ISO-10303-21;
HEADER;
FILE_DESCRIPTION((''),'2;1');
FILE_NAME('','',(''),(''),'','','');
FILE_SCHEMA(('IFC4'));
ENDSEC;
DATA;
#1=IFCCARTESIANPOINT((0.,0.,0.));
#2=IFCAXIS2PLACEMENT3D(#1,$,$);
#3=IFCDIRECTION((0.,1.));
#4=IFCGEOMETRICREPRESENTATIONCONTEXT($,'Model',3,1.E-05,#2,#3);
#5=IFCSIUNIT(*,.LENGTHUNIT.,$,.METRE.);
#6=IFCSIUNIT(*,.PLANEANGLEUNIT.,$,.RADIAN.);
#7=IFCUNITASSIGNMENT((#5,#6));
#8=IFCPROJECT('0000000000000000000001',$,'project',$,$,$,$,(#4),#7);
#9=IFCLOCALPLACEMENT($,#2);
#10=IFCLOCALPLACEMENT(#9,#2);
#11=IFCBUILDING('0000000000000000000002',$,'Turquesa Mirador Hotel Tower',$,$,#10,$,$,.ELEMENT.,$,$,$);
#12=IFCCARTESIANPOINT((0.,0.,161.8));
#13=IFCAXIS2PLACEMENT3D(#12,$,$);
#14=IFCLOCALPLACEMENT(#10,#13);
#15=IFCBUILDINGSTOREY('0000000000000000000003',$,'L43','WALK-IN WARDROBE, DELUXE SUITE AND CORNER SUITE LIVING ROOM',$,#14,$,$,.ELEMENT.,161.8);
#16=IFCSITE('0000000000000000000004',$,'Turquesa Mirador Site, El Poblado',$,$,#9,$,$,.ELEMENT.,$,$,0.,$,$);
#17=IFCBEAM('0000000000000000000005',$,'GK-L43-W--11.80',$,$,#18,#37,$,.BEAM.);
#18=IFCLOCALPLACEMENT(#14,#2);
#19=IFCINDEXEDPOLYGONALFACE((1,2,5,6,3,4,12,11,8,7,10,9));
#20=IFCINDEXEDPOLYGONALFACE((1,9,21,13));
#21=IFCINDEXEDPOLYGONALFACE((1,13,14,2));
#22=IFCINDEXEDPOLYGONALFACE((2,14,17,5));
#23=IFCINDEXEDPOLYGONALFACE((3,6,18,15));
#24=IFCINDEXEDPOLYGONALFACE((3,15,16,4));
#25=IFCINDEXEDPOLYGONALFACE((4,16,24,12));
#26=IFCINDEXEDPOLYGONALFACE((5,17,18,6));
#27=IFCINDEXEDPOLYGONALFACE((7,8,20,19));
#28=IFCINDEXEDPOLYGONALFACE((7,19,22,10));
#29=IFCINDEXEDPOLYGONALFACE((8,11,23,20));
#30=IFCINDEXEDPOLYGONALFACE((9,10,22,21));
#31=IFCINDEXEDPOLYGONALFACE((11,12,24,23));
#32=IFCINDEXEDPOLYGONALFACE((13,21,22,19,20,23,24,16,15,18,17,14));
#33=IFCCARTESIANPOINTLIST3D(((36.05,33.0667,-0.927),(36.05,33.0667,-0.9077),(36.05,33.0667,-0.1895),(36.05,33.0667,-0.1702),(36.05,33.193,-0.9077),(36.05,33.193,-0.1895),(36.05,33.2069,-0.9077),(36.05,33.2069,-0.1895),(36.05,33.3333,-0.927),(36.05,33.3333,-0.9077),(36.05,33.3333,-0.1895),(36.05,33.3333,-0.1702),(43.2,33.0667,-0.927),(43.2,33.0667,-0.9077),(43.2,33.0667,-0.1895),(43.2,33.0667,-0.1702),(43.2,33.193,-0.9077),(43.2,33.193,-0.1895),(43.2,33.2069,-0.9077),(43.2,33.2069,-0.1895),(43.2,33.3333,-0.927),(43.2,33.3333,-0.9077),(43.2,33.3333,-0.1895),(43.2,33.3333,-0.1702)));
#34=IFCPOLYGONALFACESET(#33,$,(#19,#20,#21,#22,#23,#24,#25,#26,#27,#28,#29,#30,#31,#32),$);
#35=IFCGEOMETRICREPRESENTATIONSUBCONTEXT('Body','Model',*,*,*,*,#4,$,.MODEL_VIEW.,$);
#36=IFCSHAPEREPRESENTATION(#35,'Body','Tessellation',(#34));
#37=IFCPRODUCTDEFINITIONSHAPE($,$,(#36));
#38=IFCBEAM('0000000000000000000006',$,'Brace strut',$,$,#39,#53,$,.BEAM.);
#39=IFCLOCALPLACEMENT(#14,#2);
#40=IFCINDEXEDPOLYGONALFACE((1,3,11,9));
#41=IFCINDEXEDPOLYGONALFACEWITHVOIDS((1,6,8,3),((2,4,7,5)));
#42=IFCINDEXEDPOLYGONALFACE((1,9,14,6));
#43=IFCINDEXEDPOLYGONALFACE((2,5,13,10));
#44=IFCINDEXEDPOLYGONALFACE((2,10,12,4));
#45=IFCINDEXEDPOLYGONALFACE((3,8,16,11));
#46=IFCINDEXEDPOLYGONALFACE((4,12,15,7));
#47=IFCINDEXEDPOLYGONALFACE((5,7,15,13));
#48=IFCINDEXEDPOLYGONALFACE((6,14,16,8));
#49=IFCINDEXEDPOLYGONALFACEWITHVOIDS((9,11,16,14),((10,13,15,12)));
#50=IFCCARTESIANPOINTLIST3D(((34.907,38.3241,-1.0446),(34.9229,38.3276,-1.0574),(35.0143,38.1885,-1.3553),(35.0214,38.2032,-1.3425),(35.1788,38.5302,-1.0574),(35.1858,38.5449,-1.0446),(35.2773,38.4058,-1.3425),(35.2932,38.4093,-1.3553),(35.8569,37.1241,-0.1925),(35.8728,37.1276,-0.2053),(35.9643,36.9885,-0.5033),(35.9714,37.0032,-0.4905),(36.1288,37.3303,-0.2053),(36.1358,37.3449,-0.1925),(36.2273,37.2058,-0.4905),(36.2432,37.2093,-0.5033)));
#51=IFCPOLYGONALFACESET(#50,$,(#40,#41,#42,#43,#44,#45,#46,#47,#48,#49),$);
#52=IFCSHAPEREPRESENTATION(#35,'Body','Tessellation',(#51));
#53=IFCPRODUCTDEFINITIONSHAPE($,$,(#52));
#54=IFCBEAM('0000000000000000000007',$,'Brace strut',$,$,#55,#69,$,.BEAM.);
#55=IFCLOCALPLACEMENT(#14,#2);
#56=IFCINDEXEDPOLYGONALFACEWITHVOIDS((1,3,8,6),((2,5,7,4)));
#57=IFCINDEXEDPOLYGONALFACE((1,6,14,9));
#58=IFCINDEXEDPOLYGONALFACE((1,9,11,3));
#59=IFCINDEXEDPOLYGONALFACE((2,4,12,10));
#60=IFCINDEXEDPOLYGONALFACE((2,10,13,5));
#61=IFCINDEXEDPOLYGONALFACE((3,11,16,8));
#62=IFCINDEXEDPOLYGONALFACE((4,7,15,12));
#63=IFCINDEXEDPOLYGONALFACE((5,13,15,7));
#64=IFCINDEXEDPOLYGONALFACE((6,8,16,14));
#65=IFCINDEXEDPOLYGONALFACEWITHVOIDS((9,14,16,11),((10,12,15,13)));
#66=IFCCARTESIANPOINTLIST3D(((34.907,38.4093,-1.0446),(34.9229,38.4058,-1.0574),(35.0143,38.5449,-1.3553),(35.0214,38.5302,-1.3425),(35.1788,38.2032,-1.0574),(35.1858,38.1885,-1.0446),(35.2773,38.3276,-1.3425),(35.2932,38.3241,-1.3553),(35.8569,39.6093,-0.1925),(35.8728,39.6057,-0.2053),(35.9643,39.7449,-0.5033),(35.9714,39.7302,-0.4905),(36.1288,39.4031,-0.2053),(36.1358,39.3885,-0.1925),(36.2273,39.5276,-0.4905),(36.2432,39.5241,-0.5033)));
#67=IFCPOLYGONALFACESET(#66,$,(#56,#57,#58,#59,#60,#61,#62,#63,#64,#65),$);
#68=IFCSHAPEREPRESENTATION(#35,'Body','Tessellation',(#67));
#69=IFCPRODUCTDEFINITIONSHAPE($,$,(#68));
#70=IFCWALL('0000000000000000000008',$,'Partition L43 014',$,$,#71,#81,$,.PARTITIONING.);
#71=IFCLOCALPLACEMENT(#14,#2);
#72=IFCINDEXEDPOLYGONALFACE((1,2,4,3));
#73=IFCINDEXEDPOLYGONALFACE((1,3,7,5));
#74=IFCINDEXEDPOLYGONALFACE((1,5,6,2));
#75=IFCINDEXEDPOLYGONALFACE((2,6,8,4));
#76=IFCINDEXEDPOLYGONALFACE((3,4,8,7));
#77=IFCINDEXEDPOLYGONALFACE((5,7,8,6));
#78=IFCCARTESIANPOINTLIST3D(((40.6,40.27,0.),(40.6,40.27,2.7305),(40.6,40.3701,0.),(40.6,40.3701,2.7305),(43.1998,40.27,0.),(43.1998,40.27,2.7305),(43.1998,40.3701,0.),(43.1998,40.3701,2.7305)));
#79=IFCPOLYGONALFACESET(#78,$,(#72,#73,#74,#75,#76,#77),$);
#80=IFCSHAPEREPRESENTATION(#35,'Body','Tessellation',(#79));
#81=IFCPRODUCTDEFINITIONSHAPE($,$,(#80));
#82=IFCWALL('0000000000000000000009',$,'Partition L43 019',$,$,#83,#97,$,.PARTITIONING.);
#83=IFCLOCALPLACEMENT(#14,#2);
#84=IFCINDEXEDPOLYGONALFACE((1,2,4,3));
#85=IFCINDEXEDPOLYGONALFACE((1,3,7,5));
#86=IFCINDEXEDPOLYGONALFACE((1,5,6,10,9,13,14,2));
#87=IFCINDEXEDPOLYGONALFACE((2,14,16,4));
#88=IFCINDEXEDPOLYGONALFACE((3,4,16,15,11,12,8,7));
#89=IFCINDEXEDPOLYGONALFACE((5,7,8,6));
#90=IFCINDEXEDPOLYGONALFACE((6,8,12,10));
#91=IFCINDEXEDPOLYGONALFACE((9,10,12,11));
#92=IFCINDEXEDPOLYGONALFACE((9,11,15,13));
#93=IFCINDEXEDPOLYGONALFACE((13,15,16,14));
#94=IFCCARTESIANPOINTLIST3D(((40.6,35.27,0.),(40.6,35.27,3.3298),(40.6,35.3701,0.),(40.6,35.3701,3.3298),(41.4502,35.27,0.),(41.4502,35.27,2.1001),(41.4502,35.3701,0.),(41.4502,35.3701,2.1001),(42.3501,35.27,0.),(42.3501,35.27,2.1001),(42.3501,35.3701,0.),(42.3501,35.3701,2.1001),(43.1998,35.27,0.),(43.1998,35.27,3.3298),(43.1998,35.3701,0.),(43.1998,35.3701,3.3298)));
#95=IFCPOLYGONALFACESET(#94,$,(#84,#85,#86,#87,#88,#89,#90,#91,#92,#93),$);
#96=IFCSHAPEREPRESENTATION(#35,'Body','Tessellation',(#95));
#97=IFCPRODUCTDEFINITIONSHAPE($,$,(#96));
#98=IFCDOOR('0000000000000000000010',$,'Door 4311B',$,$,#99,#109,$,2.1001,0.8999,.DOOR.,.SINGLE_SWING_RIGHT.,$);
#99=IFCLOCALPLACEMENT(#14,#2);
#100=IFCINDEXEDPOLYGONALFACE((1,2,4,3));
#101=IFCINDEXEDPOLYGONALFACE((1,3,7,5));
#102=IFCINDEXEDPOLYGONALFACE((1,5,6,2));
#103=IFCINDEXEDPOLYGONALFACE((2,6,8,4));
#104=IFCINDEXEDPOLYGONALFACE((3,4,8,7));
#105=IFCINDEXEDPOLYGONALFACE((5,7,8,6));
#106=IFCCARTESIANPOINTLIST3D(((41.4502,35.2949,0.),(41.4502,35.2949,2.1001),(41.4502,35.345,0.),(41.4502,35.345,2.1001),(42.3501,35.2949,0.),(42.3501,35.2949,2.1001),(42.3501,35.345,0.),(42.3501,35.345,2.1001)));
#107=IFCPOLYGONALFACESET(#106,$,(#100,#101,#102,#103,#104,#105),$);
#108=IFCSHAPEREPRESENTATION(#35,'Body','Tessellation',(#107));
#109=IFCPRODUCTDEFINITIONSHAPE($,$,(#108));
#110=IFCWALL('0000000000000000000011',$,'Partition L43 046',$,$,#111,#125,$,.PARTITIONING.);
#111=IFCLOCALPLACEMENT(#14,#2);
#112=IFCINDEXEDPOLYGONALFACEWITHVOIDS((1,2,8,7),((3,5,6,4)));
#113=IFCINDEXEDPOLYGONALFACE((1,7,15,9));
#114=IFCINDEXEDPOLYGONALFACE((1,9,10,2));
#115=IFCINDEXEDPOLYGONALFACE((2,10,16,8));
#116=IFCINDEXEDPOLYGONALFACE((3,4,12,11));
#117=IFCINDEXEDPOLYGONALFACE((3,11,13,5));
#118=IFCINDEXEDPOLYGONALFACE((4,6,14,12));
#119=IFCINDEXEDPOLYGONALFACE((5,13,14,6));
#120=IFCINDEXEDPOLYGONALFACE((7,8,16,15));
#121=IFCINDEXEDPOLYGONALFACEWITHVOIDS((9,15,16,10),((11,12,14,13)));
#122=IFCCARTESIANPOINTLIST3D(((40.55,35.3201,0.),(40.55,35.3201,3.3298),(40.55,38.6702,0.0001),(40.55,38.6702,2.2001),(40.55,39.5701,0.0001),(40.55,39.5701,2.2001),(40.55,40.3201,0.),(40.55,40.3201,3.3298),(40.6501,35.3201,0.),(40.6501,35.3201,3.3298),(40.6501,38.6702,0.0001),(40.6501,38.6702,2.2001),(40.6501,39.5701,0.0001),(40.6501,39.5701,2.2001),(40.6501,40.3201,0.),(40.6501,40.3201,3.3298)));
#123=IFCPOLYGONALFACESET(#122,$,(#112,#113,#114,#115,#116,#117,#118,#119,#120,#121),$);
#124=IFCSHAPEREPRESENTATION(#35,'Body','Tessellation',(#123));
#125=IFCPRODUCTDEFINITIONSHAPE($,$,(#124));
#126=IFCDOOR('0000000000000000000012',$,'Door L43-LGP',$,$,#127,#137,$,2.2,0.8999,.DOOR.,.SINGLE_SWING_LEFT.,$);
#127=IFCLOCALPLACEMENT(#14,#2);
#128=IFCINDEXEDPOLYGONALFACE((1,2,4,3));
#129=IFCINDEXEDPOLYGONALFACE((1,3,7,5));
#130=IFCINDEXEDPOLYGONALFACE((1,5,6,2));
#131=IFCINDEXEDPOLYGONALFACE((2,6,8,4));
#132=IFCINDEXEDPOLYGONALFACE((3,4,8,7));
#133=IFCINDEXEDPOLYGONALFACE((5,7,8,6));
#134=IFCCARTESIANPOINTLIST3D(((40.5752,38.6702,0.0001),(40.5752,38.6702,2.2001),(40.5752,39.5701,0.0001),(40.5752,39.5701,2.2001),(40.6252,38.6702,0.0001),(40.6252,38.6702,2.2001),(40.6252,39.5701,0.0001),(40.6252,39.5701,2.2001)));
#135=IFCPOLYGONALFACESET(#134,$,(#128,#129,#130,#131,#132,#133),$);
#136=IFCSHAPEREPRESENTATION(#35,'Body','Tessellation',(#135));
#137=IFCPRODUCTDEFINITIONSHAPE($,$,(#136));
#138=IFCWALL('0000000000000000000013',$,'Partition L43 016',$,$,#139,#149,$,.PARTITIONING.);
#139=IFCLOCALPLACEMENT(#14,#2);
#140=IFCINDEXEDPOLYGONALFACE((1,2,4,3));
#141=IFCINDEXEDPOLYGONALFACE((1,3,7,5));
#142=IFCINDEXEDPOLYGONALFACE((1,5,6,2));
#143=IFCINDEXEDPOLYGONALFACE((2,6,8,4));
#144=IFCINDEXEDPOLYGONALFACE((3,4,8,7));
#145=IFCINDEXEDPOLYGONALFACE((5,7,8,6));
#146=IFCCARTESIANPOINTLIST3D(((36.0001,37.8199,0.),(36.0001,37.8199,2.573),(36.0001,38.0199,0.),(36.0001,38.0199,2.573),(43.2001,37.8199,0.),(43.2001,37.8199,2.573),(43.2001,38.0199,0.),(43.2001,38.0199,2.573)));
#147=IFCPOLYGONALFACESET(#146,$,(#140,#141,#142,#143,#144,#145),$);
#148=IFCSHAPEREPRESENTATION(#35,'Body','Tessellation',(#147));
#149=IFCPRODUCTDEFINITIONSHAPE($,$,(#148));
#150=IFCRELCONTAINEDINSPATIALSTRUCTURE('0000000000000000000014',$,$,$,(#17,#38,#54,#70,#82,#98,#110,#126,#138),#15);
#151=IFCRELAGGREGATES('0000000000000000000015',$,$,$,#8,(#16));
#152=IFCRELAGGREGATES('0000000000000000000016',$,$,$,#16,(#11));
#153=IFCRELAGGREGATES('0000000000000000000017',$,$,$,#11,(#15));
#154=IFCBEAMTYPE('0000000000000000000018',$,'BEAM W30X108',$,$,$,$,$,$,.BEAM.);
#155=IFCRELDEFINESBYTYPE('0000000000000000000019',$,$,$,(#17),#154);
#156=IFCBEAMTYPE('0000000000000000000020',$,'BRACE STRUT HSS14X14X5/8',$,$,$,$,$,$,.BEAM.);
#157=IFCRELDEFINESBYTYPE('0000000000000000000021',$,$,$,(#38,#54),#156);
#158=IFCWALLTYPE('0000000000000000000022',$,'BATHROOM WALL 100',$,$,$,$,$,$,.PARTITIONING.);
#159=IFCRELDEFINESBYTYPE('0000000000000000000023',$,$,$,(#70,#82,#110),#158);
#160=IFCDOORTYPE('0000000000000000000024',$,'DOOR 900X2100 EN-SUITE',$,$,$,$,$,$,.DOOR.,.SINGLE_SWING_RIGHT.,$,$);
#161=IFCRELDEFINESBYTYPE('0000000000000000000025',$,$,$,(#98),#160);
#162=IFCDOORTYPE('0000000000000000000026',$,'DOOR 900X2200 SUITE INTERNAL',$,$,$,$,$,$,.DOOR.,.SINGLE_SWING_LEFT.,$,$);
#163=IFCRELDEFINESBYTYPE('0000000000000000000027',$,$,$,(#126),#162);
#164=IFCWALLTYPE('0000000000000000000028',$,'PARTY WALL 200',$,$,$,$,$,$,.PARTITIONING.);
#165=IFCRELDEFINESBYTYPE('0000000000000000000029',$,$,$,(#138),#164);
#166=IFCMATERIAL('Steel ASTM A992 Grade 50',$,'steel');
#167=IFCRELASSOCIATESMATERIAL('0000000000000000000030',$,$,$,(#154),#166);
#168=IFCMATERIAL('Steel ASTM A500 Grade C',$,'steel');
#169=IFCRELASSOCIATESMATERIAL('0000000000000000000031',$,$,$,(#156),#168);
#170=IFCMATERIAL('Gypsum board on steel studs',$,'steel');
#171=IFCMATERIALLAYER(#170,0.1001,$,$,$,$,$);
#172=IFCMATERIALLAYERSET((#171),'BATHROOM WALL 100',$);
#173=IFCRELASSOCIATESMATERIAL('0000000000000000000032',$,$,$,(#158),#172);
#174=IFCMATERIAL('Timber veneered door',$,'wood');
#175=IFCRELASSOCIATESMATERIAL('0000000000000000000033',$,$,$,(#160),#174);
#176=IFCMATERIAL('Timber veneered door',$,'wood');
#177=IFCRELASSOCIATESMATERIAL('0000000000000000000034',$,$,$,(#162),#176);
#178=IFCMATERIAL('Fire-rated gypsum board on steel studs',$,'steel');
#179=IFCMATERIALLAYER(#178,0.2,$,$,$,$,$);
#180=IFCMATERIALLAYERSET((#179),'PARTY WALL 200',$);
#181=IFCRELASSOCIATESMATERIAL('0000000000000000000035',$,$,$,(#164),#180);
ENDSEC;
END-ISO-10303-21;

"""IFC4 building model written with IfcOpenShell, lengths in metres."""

from ifc_helpers import new_model, si_unit, direction, frame, frame_2d, origin, origin_2d, place, context, subcontext, project, spatial, rectangle, hollow_rectangle, i_section, extrude, material, layer, layer_set, material_profile, profile_set, type_object, element, fill, save


model = new_model("IFC4")

# Units and contexts
model_context = context("Model", 3, precision=1e-05, world=origin(), true_north=direction((0.0, 1.0)))
body_context = subcontext(model_context, "Body", "Model", "MODEL_VIEW")
ifc_project = project(units=[si_unit("LENGTHUNIT", "METRE"), si_unit("PLANEANGLEUNIT", "RADIAN")], contexts=[model_context])

# Site, building, storey
site_placement = place(None, origin())
site = spatial("IfcSite", under=ifc_project, at=site_placement, Name="Turquesa Mirador Site, El Poblado", CompositionType="ELEMENT", RefElevation=0.0)
building_placement = place(site_placement, origin())
building = spatial("IfcBuilding", under=site, at=building_placement, Name="Turquesa Mirador Hotel Tower", CompositionType="ELEMENT")
storey_placement = place(building_placement, frame((0.0, 0.0, 161.8)))
storey = spatial("IfcBuildingStorey", under=building, at=storey_placement, Name="L43", Description="WALK-IN WARDROBE, DELUXE SUITE AND CORNER SUITE LIVING ROOM", CompositionType="ELEMENT", Elevation=161.8)

# Beams
ifc_material_1 = material(Name="Steel ASTM A992 Grade 50", Category="steel")
ifc_material_profile_1 = material_profile(ifc_material_1, i_section(OverallWidth=0.2666, OverallDepth=0.7568, WebThickness=0.0139, FlangeThickness=0.0193, at=origin_2d()), Name="W30X108")
ifc_profile_set_1 = profile_set([ifc_material_profile_1], Name="Steel ASTM A992 Grade 50")
beam_type_1 = type_object("IfcBeamType", Name="BEAM W30X108", PredefinedType="BEAM", material=ifc_profile_set_1)
beam_1_placement = place(storey_placement, frame((36.05, 33.2, -0.5486), z_axis=(1.0, 0.0, 0.0), x_axis=(0.0, 1.0, 0.0)))
element("IfcBeam", 1, at=beam_1_placement, inside=storey, type_object=beam_type_1, Name="GK-L43-W--11.80", PredefinedType="BEAM", context=body_context, shape_type="SweptSolid", body=[
    extrude(i_section(OverallWidth=0.2666, OverallDepth=0.7568, WebThickness=0.0139, FlangeThickness=0.0193, at=origin_2d()), origin(), (0.0, 0.0, 1.0), 7.1499),
])
ifc_material_2 = material(Name="Steel ASTM A500 Grade C", Category="steel")
ifc_material_profile_2 = material_profile(ifc_material_2, hollow_rectangle(XDim=0.3557, YDim=0.3557, WallThickness=0.0146, at=origin_2d()), Name="HSS14X14X5/8")
ifc_profile_set_2 = profile_set([ifc_material_profile_2], Name="Steel ASTM A500 Grade C")
beam_type_2 = type_object("IfcBeamType", Name="BRACE STRUT HSS14X14X5/8", PredefinedType="BEAM", material=ifc_profile_set_2)
for number, where, z_axis, x_axis, name in (
    (2, (35.1001, 38.3667, -1.2), (0.542318, -0.68504, 0.486427), (0.784049, 0.620699, 0.0), "Brace strut"),
    (3, (35.1001, 38.3667, -1.2), (0.542318, 0.68504, 0.486427), (-0.784049, 0.620699, 0.0), "Brace strut"),
):
    element("IfcBeam", number, at=place(storey_placement, frame(where, z_axis=z_axis, x_axis=x_axis)), inside=storey, type_object=beam_type_2, Name=name, PredefinedType="BEAM", context=body_context, shape_type="SweptSolid", body=[
        extrude(hollow_rectangle(XDim=0.3557, YDim=0.3557, WallThickness=0.0146, at=origin_2d()), origin(), (0.0, 0.0, 1.0), 1.7517),
    ])

# Wall
ifc_material_3 = material(Name="Gypsum board on steel studs", Category="steel")
ifc_layer_1 = layer(ifc_material_3, 0.1001)
ifc_layer_set_1 = layer_set([ifc_layer_1], Name="BATHROOM WALL 100")
wall_type_1 = type_object("IfcWallType", Name="BATHROOM WALL 100", PredefinedType="PARTITIONING", material=ifc_layer_set_1)
wall_1_placement = place(storey_placement, frame((40.6001, 40.3201, 0.0), z_axis=(0.0, 0.0, 1.0), x_axis=(1.0, 0.0, 0.0)))
element("IfcWall", 4, at=wall_1_placement, inside=storey, type_object=wall_type_1, Name="Partition L43 014", PredefinedType="PARTITIONING", context=body_context, shape_type="SweptSolid", body=[
    extrude(rectangle(XDim=2.5999, YDim=0.1001, at=frame_2d((1.2998, 0.0))), origin(), (0.0, 0.0, 1.0), 2.7305),
])

# Walls, openings, doors
wall_2_placement = place(storey_placement, frame((40.6001, 35.3201, 0.0), z_axis=(0.0, 0.0, 1.0), x_axis=(1.0, 0.0, 0.0)))
wall_2 = element("IfcWall", 5, at=wall_2_placement, inside=storey, type_object=wall_type_1, Name="Partition L43 019", PredefinedType="PARTITIONING", context=body_context, shape_type="SweptSolid", body=[
    extrude(rectangle(XDim=2.5999, YDim=0.1001, at=frame_2d((1.2998, 0.0))), origin(), (0.0, 0.0, 1.0), 3.3298),
])
opening_1_placement = place(wall_2_placement, frame((0.8501, 0.0, 0.0)))
opening_1 = element("IfcOpeningElement", 6, at=opening_1_placement, cuts=wall_2, PredefinedType="OPENING", context=body_context, shape_type="SweptSolid", body=[
    extrude(rectangle(XDim=0.8999, YDim=2.1001, at=frame_2d((0.45, 1.05))), frame((0.0, 0.0601, 0.0), z_axis=(0.0, -1.0, 0.0), x_axis=(1.0, 0.0, 0.0)), (0.0, 0.0, 1.0), 0.1201),
])
ifc_material_4 = material(Name="Timber veneered door", Category="wood")
door_type_1 = type_object("IfcDoorType", Name="DOOR 900X2100 EN-SUITE", OperationType="SINGLE_SWING_RIGHT", PredefinedType="DOOR", material=ifc_material_4)
door_1_placement = place(opening_1_placement, origin())
door_1 = element("IfcDoor", 7, at=door_1_placement, inside=storey, type_object=door_type_1, Name="Door 4311B", OperationType="SINGLE_SWING_RIGHT", OverallHeight=2.1001, OverallWidth=0.8999, PredefinedType="DOOR", context=body_context, shape_type="SweptSolid", body=[
    extrude(rectangle(XDim=0.8999, YDim=2.1001, at=frame_2d((0.45, 1.05))), frame((0.0, 0.0249, 0.0), z_axis=(0.0, -1.0, 0.0), x_axis=(1.0, 0.0, 0.0)), (0.0, 0.0, 1.0), 0.05),
])
fill(opening_1, door_1)
wall_3_placement = place(storey_placement, frame((40.6001, 35.3201, 0.0), z_axis=(0.0, 0.0, 1.0), x_axis=(0.0, 1.0, 0.0)))
wall_3 = element("IfcWall", 8, at=wall_3_placement, inside=storey, type_object=wall_type_1, Name="Partition L43 046", PredefinedType="PARTITIONING", context=body_context, shape_type="SweptSolid", body=[
    extrude(rectangle(XDim=5.0, YDim=0.1001, at=frame_2d((2.5, 0.0))), origin(), (0.0, 0.0, 1.0), 3.3298),
])
opening_2_placement = place(wall_3_placement, frame((3.3501, 0.0, 0.0)))
opening_2 = element("IfcOpeningElement", 9, at=opening_2_placement, cuts=wall_3, PredefinedType="OPENING", context=body_context, shape_type="SweptSolid", body=[
    extrude(rectangle(XDim=0.8999, YDim=2.2, at=frame_2d((0.45, 1.1001))), frame((0.0, 0.0601, 0.0), z_axis=(0.0, -1.0, 0.0), x_axis=(1.0, 0.0, 0.0)), (0.0, 0.0, 1.0), 0.1201),
])
ifc_material_5 = material(Name="Timber veneered door", Category="wood")
door_type_2 = type_object("IfcDoorType", Name="DOOR 900X2200 SUITE INTERNAL", OperationType="SINGLE_SWING_LEFT", PredefinedType="DOOR", material=ifc_material_5)
door_2_placement = place(opening_2_placement, origin())
door_2 = element("IfcDoor", 10, at=door_2_placement, inside=storey, type_object=door_type_2, Name="Door L43-LGP", OperationType="SINGLE_SWING_LEFT", OverallHeight=2.2, OverallWidth=0.8999, PredefinedType="DOOR", context=body_context, shape_type="SweptSolid", body=[
    extrude(rectangle(XDim=0.8999, YDim=2.2, at=frame_2d((0.45, 1.1001))), frame((0.0, 0.0249, 0.0), z_axis=(0.0, -1.0, 0.0), x_axis=(1.0, 0.0, 0.0)), (0.0, 0.0, 1.0), 0.05),
])
fill(opening_2, door_2)

# Wall
ifc_material_6 = material(Name="Fire-rated gypsum board on steel studs", Category="steel")
ifc_layer_2 = layer(ifc_material_6, 0.2)
ifc_layer_set_2 = layer_set([ifc_layer_2], Name="PARTY WALL 200")
wall_type_2 = type_object("IfcWallType", Name="PARTY WALL 200", PredefinedType="PARTITIONING", material=ifc_layer_set_2)
wall_4_placement = place(storey_placement, frame((36.0, 37.9199, 0.0), z_axis=(0.0, 0.0, 1.0), x_axis=(1.0, 0.0, 0.0)))
element("IfcWall", 11, at=wall_4_placement, inside=storey, type_object=wall_type_2, Name="Partition L43 016", PredefinedType="PARTITIONING", context=body_context, shape_type="SweptSolid", body=[
    extrude(rectangle(XDim=7.2, YDim=0.2, at=frame_2d((3.6001, 0.0))), origin(), (0.0, 0.0, 1.0), 2.573),
])

save(model, "model.ifc")
